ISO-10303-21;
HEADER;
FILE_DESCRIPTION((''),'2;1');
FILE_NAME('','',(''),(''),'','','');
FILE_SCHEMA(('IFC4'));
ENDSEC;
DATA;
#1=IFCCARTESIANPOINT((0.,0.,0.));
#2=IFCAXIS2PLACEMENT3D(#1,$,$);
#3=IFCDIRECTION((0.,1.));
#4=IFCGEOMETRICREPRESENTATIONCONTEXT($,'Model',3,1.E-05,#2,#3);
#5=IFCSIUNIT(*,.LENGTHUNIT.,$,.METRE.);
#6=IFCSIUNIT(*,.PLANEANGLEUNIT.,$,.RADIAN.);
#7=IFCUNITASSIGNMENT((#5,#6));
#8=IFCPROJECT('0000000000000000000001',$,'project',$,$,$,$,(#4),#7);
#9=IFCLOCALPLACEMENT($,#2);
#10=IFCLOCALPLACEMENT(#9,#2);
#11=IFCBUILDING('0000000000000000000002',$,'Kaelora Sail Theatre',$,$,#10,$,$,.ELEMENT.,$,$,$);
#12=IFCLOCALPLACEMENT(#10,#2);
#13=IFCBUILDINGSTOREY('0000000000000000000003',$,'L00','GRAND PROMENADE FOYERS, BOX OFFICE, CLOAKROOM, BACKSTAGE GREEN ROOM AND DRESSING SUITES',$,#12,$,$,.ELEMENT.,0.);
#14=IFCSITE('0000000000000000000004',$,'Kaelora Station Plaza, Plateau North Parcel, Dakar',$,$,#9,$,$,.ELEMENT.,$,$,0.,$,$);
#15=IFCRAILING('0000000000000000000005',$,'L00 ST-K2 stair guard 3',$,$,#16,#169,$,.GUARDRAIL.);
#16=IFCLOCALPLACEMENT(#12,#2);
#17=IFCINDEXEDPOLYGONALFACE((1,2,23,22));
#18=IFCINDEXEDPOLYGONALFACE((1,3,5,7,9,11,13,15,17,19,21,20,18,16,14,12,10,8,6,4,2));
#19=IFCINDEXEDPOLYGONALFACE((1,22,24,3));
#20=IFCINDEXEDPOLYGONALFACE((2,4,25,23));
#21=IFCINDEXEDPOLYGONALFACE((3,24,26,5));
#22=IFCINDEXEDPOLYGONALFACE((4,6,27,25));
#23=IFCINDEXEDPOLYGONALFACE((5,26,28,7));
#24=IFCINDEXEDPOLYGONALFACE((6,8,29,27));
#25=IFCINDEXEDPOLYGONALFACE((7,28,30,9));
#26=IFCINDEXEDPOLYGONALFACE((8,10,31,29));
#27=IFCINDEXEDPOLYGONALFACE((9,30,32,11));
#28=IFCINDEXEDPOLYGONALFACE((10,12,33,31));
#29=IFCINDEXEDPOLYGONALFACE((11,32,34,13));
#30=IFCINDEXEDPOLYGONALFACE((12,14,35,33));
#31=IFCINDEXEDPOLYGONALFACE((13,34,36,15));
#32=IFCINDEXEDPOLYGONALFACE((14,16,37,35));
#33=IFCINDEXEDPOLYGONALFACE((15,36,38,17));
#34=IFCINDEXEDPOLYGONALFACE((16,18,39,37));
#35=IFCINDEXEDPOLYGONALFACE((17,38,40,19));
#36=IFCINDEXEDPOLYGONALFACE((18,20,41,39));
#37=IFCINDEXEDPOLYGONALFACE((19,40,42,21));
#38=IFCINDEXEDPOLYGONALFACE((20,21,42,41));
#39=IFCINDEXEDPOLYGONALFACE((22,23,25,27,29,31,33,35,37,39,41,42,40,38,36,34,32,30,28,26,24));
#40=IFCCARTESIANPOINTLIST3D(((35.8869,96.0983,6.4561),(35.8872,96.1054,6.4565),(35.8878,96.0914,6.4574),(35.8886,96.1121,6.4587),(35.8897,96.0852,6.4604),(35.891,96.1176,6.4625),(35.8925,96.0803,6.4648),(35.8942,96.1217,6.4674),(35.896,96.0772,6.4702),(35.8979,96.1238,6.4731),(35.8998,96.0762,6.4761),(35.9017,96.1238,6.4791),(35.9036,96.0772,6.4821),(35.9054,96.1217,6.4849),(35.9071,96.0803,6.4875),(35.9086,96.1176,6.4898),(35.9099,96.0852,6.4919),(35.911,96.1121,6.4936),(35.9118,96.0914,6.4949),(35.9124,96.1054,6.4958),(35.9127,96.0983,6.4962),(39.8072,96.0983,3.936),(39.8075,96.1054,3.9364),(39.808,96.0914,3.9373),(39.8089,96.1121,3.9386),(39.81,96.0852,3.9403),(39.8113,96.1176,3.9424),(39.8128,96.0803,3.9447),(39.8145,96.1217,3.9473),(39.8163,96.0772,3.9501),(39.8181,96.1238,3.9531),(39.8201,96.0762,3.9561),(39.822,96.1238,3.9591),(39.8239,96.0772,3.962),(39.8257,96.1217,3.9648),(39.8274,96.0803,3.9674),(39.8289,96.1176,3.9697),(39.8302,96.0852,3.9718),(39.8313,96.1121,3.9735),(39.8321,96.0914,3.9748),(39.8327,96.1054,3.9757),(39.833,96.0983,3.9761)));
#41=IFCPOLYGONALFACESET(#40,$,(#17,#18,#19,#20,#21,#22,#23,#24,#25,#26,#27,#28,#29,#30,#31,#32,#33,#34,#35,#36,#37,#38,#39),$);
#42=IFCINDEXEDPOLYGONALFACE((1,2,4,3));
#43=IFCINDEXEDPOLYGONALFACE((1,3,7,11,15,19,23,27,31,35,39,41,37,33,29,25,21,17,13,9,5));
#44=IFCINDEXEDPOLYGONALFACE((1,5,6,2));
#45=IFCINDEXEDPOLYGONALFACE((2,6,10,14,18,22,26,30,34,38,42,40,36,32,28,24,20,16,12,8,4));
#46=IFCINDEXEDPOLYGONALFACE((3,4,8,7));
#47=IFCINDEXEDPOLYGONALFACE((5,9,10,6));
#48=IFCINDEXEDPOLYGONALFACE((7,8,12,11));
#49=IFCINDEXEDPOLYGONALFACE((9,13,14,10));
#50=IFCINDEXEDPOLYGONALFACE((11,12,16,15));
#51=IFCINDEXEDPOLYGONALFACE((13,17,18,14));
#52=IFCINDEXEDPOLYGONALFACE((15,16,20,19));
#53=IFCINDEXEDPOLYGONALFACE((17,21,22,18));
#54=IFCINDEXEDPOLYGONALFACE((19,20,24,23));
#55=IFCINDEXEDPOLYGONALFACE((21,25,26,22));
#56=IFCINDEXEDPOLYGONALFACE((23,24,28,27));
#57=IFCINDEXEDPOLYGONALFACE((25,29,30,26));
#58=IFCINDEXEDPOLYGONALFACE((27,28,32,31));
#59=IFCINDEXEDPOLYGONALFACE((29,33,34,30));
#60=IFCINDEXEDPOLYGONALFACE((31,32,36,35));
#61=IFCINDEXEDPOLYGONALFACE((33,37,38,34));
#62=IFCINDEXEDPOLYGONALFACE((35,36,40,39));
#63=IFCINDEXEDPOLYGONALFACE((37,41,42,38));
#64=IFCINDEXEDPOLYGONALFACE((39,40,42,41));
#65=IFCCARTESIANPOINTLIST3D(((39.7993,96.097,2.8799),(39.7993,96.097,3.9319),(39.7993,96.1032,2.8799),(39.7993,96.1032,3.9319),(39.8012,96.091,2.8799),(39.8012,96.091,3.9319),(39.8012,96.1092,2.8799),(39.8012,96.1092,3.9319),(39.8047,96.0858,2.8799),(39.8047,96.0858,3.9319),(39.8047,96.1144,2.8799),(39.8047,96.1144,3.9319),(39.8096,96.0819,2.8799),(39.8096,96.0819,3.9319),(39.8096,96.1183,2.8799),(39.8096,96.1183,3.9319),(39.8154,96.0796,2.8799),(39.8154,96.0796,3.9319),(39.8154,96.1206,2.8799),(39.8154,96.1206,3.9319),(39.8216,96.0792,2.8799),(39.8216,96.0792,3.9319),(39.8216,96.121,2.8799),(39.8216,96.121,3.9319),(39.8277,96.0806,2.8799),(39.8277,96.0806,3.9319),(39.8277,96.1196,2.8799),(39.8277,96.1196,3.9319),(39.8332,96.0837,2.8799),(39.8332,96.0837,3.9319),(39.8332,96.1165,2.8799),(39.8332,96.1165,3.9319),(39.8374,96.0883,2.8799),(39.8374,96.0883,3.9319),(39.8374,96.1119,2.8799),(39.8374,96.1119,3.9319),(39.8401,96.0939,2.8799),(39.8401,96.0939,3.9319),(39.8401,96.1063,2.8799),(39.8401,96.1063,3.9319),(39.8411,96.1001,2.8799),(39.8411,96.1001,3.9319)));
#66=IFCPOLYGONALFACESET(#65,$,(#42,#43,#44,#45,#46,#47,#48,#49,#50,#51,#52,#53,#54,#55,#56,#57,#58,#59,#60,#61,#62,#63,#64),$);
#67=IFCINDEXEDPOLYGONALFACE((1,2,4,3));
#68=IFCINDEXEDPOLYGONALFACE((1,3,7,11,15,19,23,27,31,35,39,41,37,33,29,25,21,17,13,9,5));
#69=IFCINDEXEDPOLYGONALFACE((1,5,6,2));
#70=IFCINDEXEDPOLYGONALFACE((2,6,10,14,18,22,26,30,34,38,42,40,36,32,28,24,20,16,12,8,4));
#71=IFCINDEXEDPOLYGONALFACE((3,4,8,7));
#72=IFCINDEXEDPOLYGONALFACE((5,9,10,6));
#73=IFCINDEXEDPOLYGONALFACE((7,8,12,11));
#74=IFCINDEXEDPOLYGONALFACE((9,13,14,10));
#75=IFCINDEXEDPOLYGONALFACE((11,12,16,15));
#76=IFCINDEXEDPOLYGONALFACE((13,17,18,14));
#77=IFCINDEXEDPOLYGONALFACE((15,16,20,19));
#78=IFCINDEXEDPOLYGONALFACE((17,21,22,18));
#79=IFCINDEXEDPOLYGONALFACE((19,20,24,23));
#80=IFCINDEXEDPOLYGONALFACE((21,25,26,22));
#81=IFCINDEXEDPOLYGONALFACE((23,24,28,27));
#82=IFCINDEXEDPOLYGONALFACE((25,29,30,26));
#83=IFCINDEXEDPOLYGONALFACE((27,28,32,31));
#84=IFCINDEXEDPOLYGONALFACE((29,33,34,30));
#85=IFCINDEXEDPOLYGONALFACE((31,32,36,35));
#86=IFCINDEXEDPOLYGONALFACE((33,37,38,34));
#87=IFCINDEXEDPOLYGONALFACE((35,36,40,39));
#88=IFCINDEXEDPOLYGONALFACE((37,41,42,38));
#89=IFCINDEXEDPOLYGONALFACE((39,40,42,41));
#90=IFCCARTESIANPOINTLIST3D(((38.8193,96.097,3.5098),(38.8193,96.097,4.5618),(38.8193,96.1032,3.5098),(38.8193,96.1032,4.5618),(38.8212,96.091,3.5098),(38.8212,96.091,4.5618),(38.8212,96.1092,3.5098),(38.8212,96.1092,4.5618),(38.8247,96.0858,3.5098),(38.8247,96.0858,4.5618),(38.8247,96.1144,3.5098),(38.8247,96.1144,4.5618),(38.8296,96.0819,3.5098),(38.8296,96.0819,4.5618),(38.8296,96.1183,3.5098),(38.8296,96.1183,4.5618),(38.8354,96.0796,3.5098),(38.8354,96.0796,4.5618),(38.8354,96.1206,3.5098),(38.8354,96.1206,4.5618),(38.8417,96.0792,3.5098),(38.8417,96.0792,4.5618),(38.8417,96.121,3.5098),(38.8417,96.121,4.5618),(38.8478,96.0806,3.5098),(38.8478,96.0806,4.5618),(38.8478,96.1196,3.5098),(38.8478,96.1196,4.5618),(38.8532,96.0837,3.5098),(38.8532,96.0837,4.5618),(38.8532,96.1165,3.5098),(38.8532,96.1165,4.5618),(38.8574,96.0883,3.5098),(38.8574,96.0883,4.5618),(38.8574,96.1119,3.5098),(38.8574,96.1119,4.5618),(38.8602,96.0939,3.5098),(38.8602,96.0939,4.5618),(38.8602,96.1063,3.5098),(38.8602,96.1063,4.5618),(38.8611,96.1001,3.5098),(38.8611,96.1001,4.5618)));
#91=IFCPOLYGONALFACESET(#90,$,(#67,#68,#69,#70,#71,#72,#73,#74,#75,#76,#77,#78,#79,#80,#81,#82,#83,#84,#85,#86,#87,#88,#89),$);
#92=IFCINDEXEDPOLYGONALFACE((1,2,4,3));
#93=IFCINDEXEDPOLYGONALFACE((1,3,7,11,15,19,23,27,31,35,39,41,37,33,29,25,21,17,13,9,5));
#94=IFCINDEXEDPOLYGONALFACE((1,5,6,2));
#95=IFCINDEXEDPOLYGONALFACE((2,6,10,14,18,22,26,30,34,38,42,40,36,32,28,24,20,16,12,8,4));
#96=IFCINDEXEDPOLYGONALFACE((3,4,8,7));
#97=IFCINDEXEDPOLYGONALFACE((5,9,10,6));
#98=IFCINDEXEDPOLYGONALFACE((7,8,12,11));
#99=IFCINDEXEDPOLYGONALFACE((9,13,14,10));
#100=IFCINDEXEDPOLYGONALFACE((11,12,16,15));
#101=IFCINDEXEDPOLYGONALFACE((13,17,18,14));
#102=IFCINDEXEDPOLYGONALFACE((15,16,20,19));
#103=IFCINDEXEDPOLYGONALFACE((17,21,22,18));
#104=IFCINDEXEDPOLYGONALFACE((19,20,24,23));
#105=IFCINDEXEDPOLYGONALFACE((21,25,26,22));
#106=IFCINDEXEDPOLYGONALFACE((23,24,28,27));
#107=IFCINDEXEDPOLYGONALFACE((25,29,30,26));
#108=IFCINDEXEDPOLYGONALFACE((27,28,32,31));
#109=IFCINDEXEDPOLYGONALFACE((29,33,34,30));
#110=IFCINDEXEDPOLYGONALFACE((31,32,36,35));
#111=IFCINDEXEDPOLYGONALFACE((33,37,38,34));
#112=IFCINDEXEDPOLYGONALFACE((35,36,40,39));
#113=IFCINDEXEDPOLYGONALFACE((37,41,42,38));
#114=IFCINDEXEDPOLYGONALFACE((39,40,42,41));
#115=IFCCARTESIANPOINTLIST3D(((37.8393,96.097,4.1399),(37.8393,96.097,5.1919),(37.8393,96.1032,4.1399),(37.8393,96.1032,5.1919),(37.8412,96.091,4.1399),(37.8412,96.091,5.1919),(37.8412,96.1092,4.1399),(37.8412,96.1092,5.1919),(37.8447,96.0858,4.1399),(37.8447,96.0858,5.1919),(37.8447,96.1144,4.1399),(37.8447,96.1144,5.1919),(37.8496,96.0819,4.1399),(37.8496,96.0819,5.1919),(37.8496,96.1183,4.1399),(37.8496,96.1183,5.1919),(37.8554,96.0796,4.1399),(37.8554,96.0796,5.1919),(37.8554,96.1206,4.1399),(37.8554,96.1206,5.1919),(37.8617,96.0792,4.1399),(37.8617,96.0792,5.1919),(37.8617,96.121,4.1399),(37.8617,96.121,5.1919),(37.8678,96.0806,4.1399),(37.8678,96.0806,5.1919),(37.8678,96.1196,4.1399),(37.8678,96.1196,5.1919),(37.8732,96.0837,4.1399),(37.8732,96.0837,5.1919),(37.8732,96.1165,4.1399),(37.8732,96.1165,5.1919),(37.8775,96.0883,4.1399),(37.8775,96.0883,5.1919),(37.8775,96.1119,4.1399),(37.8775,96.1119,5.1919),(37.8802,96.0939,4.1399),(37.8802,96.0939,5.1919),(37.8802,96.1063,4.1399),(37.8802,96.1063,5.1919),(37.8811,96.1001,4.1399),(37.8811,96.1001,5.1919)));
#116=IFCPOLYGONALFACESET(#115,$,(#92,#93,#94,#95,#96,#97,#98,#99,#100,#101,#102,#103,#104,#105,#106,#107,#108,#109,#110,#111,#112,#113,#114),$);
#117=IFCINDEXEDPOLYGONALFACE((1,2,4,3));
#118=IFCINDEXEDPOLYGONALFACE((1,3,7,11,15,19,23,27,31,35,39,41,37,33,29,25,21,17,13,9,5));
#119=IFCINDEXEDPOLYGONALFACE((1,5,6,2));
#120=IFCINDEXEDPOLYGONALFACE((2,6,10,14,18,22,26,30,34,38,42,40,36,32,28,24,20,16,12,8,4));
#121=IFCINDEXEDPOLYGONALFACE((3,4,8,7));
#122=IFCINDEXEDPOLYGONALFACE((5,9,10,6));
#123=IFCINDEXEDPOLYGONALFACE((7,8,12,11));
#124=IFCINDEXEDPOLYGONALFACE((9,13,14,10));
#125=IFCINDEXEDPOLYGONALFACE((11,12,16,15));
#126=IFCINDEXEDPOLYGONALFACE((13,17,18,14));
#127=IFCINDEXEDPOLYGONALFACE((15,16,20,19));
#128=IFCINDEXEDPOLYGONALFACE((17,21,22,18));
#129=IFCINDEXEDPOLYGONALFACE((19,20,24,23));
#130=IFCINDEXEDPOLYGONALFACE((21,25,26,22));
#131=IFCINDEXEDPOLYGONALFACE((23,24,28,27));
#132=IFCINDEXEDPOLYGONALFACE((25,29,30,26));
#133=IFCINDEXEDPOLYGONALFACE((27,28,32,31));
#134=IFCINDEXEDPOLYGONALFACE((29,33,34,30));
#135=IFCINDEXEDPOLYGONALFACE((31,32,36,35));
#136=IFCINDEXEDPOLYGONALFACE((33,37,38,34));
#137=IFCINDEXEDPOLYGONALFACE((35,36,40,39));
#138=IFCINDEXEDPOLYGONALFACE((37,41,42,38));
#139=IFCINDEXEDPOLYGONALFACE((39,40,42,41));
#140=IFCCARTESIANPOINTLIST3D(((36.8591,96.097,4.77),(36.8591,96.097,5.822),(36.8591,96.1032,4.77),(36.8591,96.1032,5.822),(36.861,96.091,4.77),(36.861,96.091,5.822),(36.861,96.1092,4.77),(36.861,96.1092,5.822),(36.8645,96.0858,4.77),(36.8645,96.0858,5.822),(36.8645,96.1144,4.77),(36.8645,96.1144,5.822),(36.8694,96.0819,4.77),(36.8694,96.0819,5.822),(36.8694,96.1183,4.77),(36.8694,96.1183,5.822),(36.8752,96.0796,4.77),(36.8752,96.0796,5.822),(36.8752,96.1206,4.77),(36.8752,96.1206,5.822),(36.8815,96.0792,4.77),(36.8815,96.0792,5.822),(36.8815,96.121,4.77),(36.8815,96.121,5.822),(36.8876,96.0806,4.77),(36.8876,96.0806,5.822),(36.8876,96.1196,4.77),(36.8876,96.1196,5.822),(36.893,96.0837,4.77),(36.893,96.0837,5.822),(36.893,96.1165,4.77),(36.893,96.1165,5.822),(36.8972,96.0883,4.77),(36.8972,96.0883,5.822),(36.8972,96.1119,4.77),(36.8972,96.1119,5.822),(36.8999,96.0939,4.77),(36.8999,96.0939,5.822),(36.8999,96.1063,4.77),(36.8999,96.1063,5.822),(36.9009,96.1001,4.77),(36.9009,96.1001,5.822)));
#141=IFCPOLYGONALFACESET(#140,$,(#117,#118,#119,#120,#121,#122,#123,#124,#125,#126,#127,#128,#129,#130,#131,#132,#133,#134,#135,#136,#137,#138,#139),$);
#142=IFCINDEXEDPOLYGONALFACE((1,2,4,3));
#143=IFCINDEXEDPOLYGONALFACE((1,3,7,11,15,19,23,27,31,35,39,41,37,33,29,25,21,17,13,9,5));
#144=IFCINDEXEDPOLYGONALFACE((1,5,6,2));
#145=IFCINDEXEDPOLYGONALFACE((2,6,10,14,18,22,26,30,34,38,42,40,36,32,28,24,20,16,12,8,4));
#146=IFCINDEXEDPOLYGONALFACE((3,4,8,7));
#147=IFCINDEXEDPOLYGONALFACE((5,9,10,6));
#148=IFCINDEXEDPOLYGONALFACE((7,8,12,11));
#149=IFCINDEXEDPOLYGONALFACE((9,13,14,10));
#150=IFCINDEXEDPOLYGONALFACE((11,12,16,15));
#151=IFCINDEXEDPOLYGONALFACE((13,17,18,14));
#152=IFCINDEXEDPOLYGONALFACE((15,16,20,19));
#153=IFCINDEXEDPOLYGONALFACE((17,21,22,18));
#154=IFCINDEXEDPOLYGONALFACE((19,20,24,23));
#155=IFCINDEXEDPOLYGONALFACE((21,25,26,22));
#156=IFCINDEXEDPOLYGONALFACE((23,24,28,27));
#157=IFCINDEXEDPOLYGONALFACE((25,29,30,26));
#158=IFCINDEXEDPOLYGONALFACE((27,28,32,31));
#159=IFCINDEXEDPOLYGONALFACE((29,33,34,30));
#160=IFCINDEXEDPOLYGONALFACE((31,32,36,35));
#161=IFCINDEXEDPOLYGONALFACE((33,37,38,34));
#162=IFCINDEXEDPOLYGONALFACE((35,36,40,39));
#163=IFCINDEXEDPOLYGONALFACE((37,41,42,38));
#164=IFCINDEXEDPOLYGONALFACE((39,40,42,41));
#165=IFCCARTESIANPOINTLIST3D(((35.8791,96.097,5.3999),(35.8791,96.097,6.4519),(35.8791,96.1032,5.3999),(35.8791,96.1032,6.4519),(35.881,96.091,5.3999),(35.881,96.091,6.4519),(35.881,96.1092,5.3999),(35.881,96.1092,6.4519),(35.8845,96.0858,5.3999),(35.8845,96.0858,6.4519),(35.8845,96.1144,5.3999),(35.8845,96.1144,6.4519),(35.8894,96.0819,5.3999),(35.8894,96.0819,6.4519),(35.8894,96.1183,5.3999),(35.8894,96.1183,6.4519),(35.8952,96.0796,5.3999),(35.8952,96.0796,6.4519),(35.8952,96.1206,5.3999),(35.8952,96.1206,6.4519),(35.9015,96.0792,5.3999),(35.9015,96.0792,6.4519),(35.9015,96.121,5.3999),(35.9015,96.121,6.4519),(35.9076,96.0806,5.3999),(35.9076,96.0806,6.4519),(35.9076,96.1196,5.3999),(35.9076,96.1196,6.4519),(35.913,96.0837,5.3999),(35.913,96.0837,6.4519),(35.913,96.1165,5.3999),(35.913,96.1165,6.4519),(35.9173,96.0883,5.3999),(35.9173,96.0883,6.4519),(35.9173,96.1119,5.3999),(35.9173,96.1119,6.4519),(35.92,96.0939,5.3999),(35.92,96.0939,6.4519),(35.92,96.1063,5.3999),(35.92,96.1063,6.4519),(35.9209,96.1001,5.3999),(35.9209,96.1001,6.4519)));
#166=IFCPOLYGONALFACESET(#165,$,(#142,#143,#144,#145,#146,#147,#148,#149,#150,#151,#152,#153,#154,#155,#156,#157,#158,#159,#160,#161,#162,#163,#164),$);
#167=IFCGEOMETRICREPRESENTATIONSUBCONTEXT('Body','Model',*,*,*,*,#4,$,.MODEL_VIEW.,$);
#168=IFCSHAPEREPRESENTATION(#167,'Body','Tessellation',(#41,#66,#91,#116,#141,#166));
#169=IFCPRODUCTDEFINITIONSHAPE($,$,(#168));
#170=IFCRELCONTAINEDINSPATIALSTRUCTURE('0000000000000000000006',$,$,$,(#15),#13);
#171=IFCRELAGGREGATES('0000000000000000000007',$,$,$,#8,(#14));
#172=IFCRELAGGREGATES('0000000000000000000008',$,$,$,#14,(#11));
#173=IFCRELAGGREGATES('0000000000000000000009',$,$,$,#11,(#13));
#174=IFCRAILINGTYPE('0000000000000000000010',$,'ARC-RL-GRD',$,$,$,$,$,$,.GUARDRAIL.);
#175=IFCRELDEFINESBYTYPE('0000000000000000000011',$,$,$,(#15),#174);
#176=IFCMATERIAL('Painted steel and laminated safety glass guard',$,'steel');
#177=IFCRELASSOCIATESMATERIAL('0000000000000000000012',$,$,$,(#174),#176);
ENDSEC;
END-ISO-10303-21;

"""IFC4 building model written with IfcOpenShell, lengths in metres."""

from ifc_helpers import new_model, si_unit, direction, frame, origin, origin_2d, place, context, subcontext, project, spatial, circle, extrude, material, type_object, element, save


model = new_model("IFC4")

# Units and contexts
model_context = context("Model", 3, precision=1e-05, world=origin(), true_north=direction((0.0, 1.0)))
body_context = subcontext(model_context, "Body", "Model", "MODEL_VIEW")
ifc_project = project(units=[si_unit("LENGTHUNIT", "METRE"), si_unit("PLANEANGLEUNIT", "RADIAN")], contexts=[model_context])

# Site, building, storey
site_placement = place(None, origin())
site = spatial("IfcSite", under=ifc_project, at=site_placement, Name="Kaelora Station Plaza, Plateau North Parcel, Dakar", CompositionType="ELEMENT", RefElevation=0.0)
building_placement = place(site_placement, origin())
building = spatial("IfcBuilding", under=site, at=building_placement, Name="Kaelora Sail Theatre", CompositionType="ELEMENT")
storey_placement = place(building_placement, origin())
storey = spatial("IfcBuildingStorey", under=building, at=storey_placement, Name="L00", Description="GRAND PROMENADE FOYERS, BOX OFFICE, CLOAKROOM, BACKSTAGE GREEN ROOM AND DRESSING SUITES", CompositionType="ELEMENT", Elevation=0.0)

# Railing
ifc_material_1 = material(Name="Painted steel and laminated safety glass guard", Category="steel")
railing_type_1 = type_object("IfcRailingType", Name="ARC-RL-GRD", PredefinedType="GUARDRAIL", material=ifc_material_1)
railing_1_placement = place(storey_placement, frame((39.8201, 96.1001, 2.8799)))
element("IfcRailing", 1, at=railing_1_placement, inside=storey, type_object=railing_type_1, Name="L00 ST-K2 stair guard 3", PredefinedType="GUARDRAIL", context=body_context, shape_type="SweptSolid", body=[
    extrude(circle(Radius=0.0239, at=origin_2d()), frame((0.0, 0.0, 1.0762), z_axis=(-0.841187, 0.0, 0.540744), x_axis=(0.0, -1.0, 0.0)), (0.0, 0.0, 1.0), 4.6604),
    extrude(circle(Radius=0.021, at=origin_2d()), origin(), (0.0, 0.0, 1.0), 1.052),
    extrude(circle(Radius=0.021, at=origin_2d()), frame((-0.98, 0.0, 0.6299)), (0.0, 0.0, 1.0), 1.052),
    extrude(circle(Radius=0.021, at=origin_2d()), frame((-1.96, 0.0, 1.26)), (0.0, 0.0, 1.0), 1.052),
    extrude(circle(Radius=0.021, at=origin_2d()), frame((-2.9402, 0.0, 1.8901)), (0.0, 0.0, 1.0), 1.052),
    extrude(circle(Radius=0.021, at=origin_2d()), frame((-3.9202, 0.0, 2.52)), (0.0, 0.0, 1.0), 1.052),
])

save(model, "model.ifc")
